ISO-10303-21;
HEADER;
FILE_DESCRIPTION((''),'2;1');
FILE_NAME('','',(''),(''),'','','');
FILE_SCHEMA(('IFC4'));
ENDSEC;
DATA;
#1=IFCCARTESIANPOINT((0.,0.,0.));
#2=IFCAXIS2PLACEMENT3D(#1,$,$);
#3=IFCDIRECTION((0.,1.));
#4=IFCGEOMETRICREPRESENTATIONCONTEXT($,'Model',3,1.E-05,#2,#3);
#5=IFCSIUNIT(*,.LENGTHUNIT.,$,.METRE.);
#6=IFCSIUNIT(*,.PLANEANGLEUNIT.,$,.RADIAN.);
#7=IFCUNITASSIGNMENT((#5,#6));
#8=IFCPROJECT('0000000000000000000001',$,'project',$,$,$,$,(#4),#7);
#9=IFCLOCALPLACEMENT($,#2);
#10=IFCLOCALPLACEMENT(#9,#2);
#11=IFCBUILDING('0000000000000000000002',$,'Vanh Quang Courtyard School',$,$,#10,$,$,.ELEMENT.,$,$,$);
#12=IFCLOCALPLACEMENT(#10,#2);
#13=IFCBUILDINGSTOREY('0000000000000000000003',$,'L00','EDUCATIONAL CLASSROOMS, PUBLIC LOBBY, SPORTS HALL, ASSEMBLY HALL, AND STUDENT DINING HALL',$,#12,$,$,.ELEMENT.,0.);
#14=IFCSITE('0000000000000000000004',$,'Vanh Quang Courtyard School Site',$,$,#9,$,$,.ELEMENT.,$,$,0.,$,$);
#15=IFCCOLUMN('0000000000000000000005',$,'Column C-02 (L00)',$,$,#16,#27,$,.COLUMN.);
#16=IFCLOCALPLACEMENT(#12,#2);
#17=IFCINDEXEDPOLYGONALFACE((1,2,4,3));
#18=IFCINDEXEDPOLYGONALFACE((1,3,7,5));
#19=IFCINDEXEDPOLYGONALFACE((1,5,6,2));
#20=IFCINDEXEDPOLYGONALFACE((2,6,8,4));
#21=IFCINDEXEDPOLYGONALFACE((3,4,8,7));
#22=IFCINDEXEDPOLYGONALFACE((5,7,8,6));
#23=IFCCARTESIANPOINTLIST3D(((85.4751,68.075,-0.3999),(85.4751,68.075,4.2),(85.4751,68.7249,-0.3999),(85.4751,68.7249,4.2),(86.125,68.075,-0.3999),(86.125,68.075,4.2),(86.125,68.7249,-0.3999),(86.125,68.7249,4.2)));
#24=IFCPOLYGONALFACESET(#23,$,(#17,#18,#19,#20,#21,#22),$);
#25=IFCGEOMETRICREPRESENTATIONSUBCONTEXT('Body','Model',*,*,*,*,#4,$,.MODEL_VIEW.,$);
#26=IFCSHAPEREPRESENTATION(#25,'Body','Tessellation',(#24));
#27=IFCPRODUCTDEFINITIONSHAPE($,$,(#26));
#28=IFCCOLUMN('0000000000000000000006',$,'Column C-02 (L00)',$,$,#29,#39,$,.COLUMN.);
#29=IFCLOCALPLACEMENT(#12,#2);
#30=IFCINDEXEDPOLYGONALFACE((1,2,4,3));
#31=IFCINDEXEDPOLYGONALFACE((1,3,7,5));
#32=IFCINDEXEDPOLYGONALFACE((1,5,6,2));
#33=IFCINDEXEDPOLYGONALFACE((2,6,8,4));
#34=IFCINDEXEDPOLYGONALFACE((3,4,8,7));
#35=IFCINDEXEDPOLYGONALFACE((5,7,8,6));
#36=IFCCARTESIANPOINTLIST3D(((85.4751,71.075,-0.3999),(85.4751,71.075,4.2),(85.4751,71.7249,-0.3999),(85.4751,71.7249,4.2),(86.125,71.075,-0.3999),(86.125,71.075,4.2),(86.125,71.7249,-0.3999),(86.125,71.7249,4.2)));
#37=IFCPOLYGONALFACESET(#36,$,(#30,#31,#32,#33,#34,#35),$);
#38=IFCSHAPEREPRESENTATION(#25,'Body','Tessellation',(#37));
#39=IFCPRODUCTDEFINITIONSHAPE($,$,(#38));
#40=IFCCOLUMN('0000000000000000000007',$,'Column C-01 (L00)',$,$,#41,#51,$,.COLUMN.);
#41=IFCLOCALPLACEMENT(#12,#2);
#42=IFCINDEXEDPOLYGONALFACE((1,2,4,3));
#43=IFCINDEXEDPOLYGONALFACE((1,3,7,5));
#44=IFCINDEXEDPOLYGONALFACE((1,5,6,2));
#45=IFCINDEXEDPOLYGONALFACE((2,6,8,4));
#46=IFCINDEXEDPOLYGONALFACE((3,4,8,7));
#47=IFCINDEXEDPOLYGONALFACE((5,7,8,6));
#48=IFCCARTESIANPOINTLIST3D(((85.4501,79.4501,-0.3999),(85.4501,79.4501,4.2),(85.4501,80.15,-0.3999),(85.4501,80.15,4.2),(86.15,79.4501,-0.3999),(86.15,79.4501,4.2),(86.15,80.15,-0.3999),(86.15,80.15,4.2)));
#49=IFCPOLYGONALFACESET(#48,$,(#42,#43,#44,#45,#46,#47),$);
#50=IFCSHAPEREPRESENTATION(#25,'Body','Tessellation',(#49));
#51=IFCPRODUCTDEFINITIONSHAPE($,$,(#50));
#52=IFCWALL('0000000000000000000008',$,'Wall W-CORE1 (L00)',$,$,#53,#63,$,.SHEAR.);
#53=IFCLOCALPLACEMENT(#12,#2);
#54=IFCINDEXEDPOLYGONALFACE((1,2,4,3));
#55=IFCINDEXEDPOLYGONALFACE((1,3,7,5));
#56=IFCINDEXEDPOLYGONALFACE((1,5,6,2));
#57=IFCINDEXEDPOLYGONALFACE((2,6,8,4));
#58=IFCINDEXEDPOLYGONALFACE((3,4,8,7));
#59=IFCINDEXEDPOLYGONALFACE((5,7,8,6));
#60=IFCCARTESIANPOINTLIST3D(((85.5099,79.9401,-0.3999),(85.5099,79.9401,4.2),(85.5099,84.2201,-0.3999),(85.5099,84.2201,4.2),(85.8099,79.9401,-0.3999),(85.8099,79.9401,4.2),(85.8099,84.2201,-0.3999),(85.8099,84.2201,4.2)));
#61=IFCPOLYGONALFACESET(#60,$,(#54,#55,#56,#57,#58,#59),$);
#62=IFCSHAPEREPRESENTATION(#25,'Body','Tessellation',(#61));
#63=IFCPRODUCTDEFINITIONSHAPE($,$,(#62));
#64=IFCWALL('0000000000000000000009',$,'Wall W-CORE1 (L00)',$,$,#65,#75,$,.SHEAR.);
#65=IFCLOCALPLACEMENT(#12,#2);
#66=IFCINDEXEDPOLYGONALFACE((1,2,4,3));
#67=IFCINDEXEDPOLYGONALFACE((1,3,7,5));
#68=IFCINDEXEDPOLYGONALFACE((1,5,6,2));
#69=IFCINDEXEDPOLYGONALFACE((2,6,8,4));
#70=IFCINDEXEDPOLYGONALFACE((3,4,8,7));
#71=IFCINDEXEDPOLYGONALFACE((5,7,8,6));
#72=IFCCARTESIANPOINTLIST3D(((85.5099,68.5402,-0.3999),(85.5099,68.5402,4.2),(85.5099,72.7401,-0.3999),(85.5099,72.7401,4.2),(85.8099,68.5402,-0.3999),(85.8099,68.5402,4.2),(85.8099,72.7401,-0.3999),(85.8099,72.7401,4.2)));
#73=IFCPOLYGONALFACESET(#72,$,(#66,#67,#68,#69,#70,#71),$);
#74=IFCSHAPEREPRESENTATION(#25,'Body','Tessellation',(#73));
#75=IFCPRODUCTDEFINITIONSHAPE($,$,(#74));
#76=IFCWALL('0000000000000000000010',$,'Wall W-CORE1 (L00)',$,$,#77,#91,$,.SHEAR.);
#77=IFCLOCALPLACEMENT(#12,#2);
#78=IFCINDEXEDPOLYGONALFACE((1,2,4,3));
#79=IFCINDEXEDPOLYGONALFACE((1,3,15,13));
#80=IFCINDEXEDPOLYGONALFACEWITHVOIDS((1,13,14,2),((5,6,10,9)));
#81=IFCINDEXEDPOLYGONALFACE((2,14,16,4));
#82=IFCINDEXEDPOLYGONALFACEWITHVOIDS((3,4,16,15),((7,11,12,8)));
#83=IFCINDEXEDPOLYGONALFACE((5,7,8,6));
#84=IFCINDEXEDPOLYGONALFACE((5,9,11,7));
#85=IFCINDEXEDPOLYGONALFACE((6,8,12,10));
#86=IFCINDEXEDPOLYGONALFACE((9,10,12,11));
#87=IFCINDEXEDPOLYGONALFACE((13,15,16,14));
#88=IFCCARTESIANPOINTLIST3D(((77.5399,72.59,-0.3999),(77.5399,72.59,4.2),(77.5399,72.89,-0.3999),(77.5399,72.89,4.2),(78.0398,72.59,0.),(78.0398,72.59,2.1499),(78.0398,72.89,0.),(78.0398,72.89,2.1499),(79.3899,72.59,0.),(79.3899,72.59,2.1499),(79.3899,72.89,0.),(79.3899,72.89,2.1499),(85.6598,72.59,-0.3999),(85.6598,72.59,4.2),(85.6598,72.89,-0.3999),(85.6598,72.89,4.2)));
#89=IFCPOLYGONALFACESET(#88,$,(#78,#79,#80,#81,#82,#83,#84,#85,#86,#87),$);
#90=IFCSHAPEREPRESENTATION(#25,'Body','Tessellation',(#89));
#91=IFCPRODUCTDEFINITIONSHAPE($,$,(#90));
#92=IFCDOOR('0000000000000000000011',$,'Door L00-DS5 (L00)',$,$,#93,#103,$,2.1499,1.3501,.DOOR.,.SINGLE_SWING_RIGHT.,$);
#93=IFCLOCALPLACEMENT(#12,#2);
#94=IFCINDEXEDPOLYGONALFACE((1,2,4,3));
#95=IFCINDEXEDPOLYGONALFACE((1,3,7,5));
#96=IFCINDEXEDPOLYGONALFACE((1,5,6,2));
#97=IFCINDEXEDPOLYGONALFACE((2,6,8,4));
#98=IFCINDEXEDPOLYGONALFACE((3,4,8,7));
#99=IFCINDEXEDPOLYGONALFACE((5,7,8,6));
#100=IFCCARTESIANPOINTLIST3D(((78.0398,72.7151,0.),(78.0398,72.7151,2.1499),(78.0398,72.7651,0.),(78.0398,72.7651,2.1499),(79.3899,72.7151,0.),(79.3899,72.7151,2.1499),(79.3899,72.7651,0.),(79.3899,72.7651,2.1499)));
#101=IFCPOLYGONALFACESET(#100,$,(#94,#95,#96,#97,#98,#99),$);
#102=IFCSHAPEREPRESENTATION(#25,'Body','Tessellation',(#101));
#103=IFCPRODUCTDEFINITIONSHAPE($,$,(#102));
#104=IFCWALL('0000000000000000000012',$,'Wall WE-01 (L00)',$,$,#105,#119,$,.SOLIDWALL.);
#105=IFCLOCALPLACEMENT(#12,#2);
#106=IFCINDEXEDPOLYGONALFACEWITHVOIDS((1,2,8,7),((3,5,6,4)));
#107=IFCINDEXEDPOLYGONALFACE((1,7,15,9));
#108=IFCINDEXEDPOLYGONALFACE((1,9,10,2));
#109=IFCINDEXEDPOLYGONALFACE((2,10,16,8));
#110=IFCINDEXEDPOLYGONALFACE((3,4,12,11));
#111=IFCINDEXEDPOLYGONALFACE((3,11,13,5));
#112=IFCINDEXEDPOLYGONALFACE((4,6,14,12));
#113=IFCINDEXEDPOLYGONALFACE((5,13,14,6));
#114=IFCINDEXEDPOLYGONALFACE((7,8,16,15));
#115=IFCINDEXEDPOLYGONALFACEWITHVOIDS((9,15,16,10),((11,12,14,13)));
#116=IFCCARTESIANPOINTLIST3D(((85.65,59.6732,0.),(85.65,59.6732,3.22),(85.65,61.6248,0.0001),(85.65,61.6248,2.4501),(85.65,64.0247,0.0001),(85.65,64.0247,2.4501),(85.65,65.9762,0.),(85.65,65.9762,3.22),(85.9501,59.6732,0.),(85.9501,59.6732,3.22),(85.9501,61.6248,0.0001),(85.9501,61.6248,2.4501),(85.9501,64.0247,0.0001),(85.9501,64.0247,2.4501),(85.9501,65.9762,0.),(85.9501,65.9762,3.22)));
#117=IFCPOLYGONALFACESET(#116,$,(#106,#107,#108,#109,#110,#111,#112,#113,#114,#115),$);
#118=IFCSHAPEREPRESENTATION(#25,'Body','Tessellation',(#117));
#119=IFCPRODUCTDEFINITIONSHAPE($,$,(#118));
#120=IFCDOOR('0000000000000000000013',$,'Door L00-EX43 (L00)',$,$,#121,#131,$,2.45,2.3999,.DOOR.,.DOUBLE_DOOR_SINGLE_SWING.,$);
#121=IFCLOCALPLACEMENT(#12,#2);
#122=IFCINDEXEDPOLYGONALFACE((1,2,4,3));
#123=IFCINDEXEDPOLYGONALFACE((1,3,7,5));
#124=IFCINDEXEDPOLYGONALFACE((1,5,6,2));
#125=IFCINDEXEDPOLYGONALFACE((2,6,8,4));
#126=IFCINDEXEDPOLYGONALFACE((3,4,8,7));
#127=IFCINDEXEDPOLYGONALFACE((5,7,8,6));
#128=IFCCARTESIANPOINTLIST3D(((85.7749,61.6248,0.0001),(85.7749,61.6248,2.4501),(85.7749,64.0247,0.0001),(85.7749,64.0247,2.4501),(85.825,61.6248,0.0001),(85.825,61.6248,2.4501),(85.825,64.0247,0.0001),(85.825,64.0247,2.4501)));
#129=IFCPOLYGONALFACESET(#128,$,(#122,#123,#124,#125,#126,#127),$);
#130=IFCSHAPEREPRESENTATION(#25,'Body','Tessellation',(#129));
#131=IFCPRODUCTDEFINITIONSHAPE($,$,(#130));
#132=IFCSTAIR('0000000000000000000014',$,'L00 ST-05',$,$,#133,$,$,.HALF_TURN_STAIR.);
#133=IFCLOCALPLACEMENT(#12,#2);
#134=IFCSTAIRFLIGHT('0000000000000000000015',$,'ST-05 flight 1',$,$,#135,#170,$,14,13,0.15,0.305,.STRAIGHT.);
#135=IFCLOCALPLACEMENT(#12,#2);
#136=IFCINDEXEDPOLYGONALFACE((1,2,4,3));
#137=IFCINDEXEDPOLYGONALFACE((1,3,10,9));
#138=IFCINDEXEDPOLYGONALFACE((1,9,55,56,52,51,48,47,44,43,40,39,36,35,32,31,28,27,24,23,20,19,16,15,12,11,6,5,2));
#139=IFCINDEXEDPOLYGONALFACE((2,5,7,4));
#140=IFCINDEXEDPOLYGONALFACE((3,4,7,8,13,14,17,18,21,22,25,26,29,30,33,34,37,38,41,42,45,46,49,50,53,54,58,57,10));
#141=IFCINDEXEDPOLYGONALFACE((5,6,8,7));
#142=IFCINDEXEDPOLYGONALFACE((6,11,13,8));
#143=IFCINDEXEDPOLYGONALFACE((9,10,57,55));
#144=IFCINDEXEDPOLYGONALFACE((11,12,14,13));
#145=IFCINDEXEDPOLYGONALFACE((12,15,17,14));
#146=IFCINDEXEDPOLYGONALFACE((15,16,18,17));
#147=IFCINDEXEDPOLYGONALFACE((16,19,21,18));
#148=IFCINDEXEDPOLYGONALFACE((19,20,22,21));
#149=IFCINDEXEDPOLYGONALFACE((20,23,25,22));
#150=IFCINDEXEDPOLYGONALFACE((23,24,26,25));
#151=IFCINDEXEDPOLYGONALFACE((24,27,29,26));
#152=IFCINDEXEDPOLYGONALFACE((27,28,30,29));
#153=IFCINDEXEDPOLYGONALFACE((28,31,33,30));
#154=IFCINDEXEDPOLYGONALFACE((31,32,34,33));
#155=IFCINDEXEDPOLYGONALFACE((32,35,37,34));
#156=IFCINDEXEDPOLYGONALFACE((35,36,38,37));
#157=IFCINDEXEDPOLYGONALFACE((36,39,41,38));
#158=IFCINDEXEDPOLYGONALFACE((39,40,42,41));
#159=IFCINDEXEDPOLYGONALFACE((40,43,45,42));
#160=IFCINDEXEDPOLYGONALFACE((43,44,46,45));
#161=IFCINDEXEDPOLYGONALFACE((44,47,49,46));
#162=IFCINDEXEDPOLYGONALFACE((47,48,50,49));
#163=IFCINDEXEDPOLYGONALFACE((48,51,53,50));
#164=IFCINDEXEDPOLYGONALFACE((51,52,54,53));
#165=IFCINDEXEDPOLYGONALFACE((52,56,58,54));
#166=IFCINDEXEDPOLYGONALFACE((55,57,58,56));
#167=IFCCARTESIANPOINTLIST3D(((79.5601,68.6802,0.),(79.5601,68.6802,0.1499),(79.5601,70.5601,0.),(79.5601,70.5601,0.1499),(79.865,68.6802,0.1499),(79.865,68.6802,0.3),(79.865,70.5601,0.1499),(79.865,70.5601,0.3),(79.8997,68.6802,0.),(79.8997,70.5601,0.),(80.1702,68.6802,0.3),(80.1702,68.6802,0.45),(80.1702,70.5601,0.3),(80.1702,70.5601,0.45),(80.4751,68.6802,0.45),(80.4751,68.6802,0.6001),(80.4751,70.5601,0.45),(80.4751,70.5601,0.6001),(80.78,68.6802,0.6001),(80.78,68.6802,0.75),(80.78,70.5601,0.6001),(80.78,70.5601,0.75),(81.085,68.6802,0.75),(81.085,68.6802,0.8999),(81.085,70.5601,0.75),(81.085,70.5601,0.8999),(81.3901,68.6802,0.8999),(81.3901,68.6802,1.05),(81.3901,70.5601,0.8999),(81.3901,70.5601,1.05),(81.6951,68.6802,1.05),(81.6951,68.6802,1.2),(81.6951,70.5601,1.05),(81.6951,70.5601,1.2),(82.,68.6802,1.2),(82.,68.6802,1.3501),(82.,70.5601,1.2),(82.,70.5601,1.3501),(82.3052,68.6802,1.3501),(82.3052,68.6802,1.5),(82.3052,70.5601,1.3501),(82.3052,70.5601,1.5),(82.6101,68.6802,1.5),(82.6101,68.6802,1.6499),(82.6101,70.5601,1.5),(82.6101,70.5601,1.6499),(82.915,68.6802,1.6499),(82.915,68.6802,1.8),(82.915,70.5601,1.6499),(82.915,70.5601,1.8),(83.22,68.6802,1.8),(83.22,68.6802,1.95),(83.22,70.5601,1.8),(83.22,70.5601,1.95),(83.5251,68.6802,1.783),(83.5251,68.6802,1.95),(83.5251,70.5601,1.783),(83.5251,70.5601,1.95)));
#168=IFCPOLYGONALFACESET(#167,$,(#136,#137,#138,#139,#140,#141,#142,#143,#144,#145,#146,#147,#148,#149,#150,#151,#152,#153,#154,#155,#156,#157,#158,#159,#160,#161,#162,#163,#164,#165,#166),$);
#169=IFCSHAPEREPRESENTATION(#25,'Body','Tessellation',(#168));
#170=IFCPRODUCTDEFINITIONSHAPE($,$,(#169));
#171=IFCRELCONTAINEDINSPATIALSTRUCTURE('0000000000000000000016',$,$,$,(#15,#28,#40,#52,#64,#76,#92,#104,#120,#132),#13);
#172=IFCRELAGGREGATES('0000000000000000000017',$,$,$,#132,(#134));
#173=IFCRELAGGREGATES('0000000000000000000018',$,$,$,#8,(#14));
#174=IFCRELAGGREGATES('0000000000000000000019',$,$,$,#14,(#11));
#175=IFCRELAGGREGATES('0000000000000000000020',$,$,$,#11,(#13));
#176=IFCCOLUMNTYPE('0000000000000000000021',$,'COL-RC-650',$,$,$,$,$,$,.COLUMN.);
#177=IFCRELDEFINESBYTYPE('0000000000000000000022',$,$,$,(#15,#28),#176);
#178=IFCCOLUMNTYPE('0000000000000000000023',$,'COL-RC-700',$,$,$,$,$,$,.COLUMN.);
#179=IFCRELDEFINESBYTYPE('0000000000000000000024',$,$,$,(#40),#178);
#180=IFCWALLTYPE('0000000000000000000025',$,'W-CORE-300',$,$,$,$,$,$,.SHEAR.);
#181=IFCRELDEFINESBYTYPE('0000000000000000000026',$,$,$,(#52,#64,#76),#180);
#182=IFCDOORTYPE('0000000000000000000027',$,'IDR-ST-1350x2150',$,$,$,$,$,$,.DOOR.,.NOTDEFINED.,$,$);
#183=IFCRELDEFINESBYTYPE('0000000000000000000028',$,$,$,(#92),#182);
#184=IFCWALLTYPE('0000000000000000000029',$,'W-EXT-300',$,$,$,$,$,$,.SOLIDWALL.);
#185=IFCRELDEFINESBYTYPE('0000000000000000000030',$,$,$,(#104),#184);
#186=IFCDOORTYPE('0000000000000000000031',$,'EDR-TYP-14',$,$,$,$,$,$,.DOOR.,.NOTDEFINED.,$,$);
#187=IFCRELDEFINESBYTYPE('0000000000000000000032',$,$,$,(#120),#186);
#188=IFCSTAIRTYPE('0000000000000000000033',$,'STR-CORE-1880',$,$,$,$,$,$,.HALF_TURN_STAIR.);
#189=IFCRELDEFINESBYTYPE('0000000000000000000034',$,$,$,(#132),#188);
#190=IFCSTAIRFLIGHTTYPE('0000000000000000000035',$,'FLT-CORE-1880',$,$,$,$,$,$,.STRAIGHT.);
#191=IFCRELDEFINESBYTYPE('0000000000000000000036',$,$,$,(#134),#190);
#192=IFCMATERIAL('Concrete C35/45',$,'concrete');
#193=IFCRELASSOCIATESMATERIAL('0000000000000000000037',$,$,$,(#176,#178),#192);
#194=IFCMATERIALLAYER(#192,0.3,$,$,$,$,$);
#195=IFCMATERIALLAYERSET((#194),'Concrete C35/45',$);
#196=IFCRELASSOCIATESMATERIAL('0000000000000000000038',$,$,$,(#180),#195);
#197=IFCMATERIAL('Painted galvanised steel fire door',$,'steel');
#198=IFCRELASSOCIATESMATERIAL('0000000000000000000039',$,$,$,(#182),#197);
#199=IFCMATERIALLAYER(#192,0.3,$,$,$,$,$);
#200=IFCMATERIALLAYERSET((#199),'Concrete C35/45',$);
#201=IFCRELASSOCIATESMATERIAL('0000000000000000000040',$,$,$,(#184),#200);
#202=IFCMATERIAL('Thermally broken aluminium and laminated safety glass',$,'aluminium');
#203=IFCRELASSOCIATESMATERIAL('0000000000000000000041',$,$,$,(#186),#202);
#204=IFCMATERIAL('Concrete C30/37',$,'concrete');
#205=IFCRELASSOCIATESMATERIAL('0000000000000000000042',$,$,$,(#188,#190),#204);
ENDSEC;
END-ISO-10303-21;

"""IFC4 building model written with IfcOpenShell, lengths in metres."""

from ifc_helpers import new_model, si_unit, direction, frame, frame_2d, origin, origin_2d, place, context, subcontext, project, spatial, polyline, rectangle, outline, extrude, material, layer, layer_set, material_profile, profile_set, type_object, element, fill, aggregate, save


model = new_model("IFC4")

# Units and contexts
model_context = context("Model", 3, precision=1e-05, world=origin(), true_north=direction((0.0, 1.0)))
body_context = subcontext(model_context, "Body", "Model", "MODEL_VIEW")
ifc_project = project(units=[si_unit("LENGTHUNIT", "METRE"), si_unit("PLANEANGLEUNIT", "RADIAN")], contexts=[model_context])

# Site, building, storey
site_placement = place(None, origin())
site = spatial("IfcSite", under=ifc_project, at=site_placement, Name="Vanh Quang Courtyard School Site", CompositionType="ELEMENT", RefElevation=0.0)
building_placement = place(site_placement, origin())
building = spatial("IfcBuilding", under=site, at=building_placement, Name="Vanh Quang Courtyard School", CompositionType="ELEMENT")
storey_placement = place(building_placement, origin())
storey = spatial("IfcBuildingStorey", under=building, at=storey_placement, Name="L00", Description="EDUCATIONAL CLASSROOMS, PUBLIC LOBBY, SPORTS HALL, ASSEMBLY HALL, AND STUDENT DINING HALL", CompositionType="ELEMENT", Elevation=0.0)

# Shared definitions
ifc_material_1 = material(Name="Concrete C35/45", Category="concrete")

# Shared definitions
ifc_material_2 = material(Name="Concrete C30/37", Category="concrete")

# Columns
ifc_material_profile_1 = material_profile(ifc_material_1, rectangle(XDim=0.6499, YDim=0.6499, at=origin_2d()), Name="RC-COL 650x650")
ifc_profile_set_1 = profile_set([ifc_material_profile_1], Name="Concrete C35/45")
column_type_1 = type_object("IfcColumnType", Name="COL-RC-650", PredefinedType="COLUMN", material=ifc_profile_set_1)
for number, where, z_axis, x_axis, name in (
    (1, (85.8, 68.3999, -0.3999), (0.0, 0.0, 1.0), (1.0, 0.0, 0.0), "Column C-02 (L00)"),
    (2, (85.8, 71.3999, -0.3999), (0.0, 0.0, 1.0), (1.0, 0.0, 0.0), "Column C-02 (L00)"),
):
    element("IfcColumn", number, at=place(storey_placement, frame(where, z_axis=z_axis, x_axis=x_axis)), inside=storey, type_object=column_type_1, Name=name, PredefinedType="COLUMN", context=body_context, shape_type="SweptSolid", body=[
        extrude(rectangle(XDim=0.6499, YDim=0.6499, at=origin_2d()), origin(), (0.0, 0.0, 1.0), 4.5999),
    ])
ifc_material_profile_2 = material_profile(ifc_material_1, rectangle(XDim=0.7, YDim=0.7, at=origin_2d()), Name="RC-COL 700x700")
ifc_profile_set_2 = profile_set([ifc_material_profile_2], Name="Concrete C35/45")
column_type_2 = type_object("IfcColumnType", Name="COL-RC-700", PredefinedType="COLUMN", material=ifc_profile_set_2)
column_placement = place(storey_placement, frame((85.8, 79.8, -0.3999), z_axis=(0.0, 0.0, 1.0), x_axis=(1.0, 0.0, 0.0)))
element("IfcColumn", 3, at=column_placement, inside=storey, type_object=column_type_2, Name="Column C-01 (L00)", PredefinedType="COLUMN", context=body_context, shape_type="SweptSolid", body=[
    extrude(rectangle(XDim=0.7, YDim=0.7, at=origin_2d()), origin(), (0.0, 0.0, 1.0), 4.5999),
])

# Walls
ifc_layer_1 = layer(ifc_material_1, 0.3)
ifc_layer_set_1 = layer_set([ifc_layer_1], Name="Concrete C35/45")
wall_type_1 = type_object("IfcWallType", Name="W-CORE-300", PredefinedType="SHEAR", material=ifc_layer_set_1)
wall_1_placement = place(storey_placement, frame((85.6599, 79.9399, -0.3999), z_axis=(0.0, 0.0, 1.0), x_axis=(0.0, 1.0, 0.0)))
element("IfcWall", 4, at=wall_1_placement, inside=storey, type_object=wall_type_1, Name="Wall W-CORE1 (L00)", PredefinedType="SHEAR", context=body_context, shape_type="SweptSolid", body=[
    extrude(rectangle(XDim=4.28, YDim=0.3, at=frame_2d((2.1401, 0.0))), origin(), (0.0, 0.0, 1.0), 4.5999),
])
wall_2_placement = place(storey_placement, frame((85.6599, 68.54, -0.3999), z_axis=(0.0, 0.0, 1.0), x_axis=(0.0, 1.0, 0.0)))
element("IfcWall", 5, at=wall_2_placement, inside=storey, type_object=wall_type_1, Name="Wall W-CORE1 (L00)", PredefinedType="SHEAR", context=body_context, shape_type="SweptSolid", body=[
    extrude(rectangle(XDim=4.2, YDim=0.3, at=frame_2d((2.1001, 0.0))), origin(), (0.0, 0.0, 1.0), 4.5999),
])

# Walls, openings, doors
wall_3_placement = place(storey_placement, frame((85.6599, 72.74, -0.3999), z_axis=(0.0, 0.0, 1.0), x_axis=(-1.0, 0.0, 0.0)))
wall_3 = element("IfcWall", 6, at=wall_3_placement, inside=storey, type_object=wall_type_1, Name="Wall W-CORE1 (L00)", PredefinedType="SHEAR", context=body_context, shape_type="SweptSolid", body=[
    extrude(rectangle(XDim=8.1199, YDim=0.3, at=frame_2d((4.0601, 0.0))), origin(), (0.0, 0.0, 1.0), 4.5999),
])
opening_1_placement = place(wall_3_placement, frame((6.27, 0.0, 0.3999)))
opening_1 = element("IfcOpeningElement", 7, at=opening_1_placement, cuts=wall_3, PredefinedType="OPENING", context=body_context, shape_type="SweptSolid", body=[
    extrude(rectangle(XDim=1.3501, YDim=2.1499, at=frame_2d((0.675, 1.075))), frame((0.0, 0.1602, 0.0), z_axis=(0.0, -1.0, 0.0), x_axis=(1.0, 0.0, 0.0)), (0.0, 0.0, 1.0), 0.3201),
])
ifc_material_3 = material(Name="Painted galvanised steel fire door", Category="steel")
door_type_1 = type_object("IfcDoorType", Name="IDR-ST-1350x2150", OperationType="NOTDEFINED", PredefinedType="DOOR", material=ifc_material_3)
door_1_placement = place(opening_1_placement, origin())
door_1 = element("IfcDoor", 8, at=door_1_placement, inside=storey, type_object=door_type_1, Name="Door L00-DS5 (L00)", OperationType="SINGLE_SWING_RIGHT", OverallHeight=2.1499, OverallWidth=1.3501, PredefinedType="DOOR", context=body_context, shape_type="SweptSolid", body=[
    extrude(rectangle(XDim=1.3501, YDim=2.1499, at=frame_2d((0.675, 1.075))), frame((0.0, 0.0249, 0.0), z_axis=(0.0, -1.0, 0.0), x_axis=(1.0, 0.0, 0.0)), (0.0, 0.0, 1.0), 0.05),
])
fill(opening_1, door_1)
ifc_layer_2 = layer(ifc_material_1, 0.3)
ifc_layer_set_2 = layer_set([ifc_layer_2], Name="Concrete C35/45")
wall_type_2 = type_object("IfcWallType", Name="W-EXT-300", PredefinedType="SOLIDWALL", material=ifc_layer_set_2)
wall_4_placement = place(storey_placement, frame((85.8, 65.9761, 0.0), z_axis=(0.0, 0.0, 1.0), x_axis=(0.0, -1.0, 0.0)))
wall_4 = element("IfcWall", 9, at=wall_4_placement, inside=storey, type_object=wall_type_2, Name="Wall WE-01 (L00)", PredefinedType="SOLIDWALL", context=body_context, shape_type="SweptSolid", body=[
    extrude(rectangle(XDim=6.303, YDim=0.3, at=frame_2d((3.1514, 0.0))), origin(), (0.0, 0.0, 1.0), 3.22),
])
opening_2_placement = place(wall_4_placement, frame((1.9514, 0.0, 0.0)))
opening_2 = element("IfcOpeningElement", 10, at=opening_2_placement, cuts=wall_4, PredefinedType="OPENING", context=body_context, shape_type="SweptSolid", body=[
    extrude(rectangle(XDim=2.3999, YDim=2.45, at=frame_2d((1.2, 1.2251))), frame((0.0, 0.1602, 0.0), z_axis=(0.0, -1.0, 0.0), x_axis=(1.0, 0.0, 0.0)), (0.0, 0.0, 1.0), 0.3201),
])
ifc_material_4 = material(Name="Thermally broken aluminium and laminated safety glass", Category="aluminium")
door_type_2 = type_object("IfcDoorType", Name="EDR-TYP-14", OperationType="NOTDEFINED", PredefinedType="DOOR", material=ifc_material_4)
door_2_placement = place(opening_2_placement, origin())
door_2 = element("IfcDoor", 11, at=door_2_placement, inside=storey, type_object=door_type_2, Name="Door L00-EX43 (L00)", OperationType="DOUBLE_DOOR_SINGLE_SWING", OverallHeight=2.45, OverallWidth=2.3999, PredefinedType="DOOR", context=body_context, shape_type="SweptSolid", body=[
    extrude(rectangle(XDim=2.3999, YDim=2.45, at=frame_2d((1.2, 1.2251))), frame((0.0, 0.0249, 0.0), z_axis=(0.0, -1.0, 0.0), x_axis=(1.0, 0.0, 0.0)), (0.0, 0.0, 1.0), 0.05),
])
fill(opening_2, door_2)

# Stair, stair flight
stair_type_1 = type_object("IfcStairType", Name="STR-CORE-1880", PredefinedType="HALF_TURN_STAIR", material=ifc_material_2)
stair_1_placement = place(storey_placement, origin())
stair_1 = element("IfcStair", 12, at=stair_1_placement, inside=storey, type_object=stair_type_1, Name="L00 ST-05", PredefinedType="HALF_TURN_STAIR")
stair_flight_type_1 = type_object("IfcStairFlightType", Name="FLT-CORE-1880", PredefinedType="STRAIGHT", material=ifc_material_2)
stair_flight_1_placement = place(storey_placement, frame((79.5601, 69.6201, 0.0), z_axis=(0.0, 0.0, 1.0), x_axis=(1.0, 0.0, 0.0)))
stair_flight_1 = element("IfcStairFlight", 13, at=stair_flight_1_placement, type_object=stair_flight_type_1, Name="ST-05 flight 1", NumberOfRisers=14, NumberOfTreads=13, PredefinedType="STRAIGHT", RiserHeight=0.15, TreadLength=0.305, context=body_context, shape_type="SweptSolid", body=[
    extrude(outline(polyline([(0.0, 0.0), (0.0, 0.1499), (0.3049, 0.1499), (0.3049, 0.3), (0.6101, 0.3), (0.6101, 0.45), (0.915, 0.45), (0.915, 0.6001), (1.22, 0.6001), (1.22, 0.75), (1.5249, 0.75), (1.5249, 0.8999), (1.8301, 0.8999), (1.8301, 1.05), (2.135, 1.05), (2.135, 1.2), (2.4399, 1.2), (2.4399, 1.3501), (2.7451, 1.3501), (2.7451, 1.5), (3.05, 1.5), (3.05, 1.6499), (3.355, 1.6499), (3.355, 1.8), (3.6599, 1.8), (3.6599, 1.95), (3.9651, 1.95), (3.9651, 2.1001), (3.9651, 1.783), (0.3396, 0.0), (0.0, 0.0)])), frame((0.0, 0.9399, 0.0), z_axis=(0.0, -1.0, 0.0), x_axis=(1.0, 0.0, 0.0)), (0.0, 0.0, 1.0), 1.8799),
])
aggregate(stair_1, [stair_flight_1])

save(model, "model.ifc")
